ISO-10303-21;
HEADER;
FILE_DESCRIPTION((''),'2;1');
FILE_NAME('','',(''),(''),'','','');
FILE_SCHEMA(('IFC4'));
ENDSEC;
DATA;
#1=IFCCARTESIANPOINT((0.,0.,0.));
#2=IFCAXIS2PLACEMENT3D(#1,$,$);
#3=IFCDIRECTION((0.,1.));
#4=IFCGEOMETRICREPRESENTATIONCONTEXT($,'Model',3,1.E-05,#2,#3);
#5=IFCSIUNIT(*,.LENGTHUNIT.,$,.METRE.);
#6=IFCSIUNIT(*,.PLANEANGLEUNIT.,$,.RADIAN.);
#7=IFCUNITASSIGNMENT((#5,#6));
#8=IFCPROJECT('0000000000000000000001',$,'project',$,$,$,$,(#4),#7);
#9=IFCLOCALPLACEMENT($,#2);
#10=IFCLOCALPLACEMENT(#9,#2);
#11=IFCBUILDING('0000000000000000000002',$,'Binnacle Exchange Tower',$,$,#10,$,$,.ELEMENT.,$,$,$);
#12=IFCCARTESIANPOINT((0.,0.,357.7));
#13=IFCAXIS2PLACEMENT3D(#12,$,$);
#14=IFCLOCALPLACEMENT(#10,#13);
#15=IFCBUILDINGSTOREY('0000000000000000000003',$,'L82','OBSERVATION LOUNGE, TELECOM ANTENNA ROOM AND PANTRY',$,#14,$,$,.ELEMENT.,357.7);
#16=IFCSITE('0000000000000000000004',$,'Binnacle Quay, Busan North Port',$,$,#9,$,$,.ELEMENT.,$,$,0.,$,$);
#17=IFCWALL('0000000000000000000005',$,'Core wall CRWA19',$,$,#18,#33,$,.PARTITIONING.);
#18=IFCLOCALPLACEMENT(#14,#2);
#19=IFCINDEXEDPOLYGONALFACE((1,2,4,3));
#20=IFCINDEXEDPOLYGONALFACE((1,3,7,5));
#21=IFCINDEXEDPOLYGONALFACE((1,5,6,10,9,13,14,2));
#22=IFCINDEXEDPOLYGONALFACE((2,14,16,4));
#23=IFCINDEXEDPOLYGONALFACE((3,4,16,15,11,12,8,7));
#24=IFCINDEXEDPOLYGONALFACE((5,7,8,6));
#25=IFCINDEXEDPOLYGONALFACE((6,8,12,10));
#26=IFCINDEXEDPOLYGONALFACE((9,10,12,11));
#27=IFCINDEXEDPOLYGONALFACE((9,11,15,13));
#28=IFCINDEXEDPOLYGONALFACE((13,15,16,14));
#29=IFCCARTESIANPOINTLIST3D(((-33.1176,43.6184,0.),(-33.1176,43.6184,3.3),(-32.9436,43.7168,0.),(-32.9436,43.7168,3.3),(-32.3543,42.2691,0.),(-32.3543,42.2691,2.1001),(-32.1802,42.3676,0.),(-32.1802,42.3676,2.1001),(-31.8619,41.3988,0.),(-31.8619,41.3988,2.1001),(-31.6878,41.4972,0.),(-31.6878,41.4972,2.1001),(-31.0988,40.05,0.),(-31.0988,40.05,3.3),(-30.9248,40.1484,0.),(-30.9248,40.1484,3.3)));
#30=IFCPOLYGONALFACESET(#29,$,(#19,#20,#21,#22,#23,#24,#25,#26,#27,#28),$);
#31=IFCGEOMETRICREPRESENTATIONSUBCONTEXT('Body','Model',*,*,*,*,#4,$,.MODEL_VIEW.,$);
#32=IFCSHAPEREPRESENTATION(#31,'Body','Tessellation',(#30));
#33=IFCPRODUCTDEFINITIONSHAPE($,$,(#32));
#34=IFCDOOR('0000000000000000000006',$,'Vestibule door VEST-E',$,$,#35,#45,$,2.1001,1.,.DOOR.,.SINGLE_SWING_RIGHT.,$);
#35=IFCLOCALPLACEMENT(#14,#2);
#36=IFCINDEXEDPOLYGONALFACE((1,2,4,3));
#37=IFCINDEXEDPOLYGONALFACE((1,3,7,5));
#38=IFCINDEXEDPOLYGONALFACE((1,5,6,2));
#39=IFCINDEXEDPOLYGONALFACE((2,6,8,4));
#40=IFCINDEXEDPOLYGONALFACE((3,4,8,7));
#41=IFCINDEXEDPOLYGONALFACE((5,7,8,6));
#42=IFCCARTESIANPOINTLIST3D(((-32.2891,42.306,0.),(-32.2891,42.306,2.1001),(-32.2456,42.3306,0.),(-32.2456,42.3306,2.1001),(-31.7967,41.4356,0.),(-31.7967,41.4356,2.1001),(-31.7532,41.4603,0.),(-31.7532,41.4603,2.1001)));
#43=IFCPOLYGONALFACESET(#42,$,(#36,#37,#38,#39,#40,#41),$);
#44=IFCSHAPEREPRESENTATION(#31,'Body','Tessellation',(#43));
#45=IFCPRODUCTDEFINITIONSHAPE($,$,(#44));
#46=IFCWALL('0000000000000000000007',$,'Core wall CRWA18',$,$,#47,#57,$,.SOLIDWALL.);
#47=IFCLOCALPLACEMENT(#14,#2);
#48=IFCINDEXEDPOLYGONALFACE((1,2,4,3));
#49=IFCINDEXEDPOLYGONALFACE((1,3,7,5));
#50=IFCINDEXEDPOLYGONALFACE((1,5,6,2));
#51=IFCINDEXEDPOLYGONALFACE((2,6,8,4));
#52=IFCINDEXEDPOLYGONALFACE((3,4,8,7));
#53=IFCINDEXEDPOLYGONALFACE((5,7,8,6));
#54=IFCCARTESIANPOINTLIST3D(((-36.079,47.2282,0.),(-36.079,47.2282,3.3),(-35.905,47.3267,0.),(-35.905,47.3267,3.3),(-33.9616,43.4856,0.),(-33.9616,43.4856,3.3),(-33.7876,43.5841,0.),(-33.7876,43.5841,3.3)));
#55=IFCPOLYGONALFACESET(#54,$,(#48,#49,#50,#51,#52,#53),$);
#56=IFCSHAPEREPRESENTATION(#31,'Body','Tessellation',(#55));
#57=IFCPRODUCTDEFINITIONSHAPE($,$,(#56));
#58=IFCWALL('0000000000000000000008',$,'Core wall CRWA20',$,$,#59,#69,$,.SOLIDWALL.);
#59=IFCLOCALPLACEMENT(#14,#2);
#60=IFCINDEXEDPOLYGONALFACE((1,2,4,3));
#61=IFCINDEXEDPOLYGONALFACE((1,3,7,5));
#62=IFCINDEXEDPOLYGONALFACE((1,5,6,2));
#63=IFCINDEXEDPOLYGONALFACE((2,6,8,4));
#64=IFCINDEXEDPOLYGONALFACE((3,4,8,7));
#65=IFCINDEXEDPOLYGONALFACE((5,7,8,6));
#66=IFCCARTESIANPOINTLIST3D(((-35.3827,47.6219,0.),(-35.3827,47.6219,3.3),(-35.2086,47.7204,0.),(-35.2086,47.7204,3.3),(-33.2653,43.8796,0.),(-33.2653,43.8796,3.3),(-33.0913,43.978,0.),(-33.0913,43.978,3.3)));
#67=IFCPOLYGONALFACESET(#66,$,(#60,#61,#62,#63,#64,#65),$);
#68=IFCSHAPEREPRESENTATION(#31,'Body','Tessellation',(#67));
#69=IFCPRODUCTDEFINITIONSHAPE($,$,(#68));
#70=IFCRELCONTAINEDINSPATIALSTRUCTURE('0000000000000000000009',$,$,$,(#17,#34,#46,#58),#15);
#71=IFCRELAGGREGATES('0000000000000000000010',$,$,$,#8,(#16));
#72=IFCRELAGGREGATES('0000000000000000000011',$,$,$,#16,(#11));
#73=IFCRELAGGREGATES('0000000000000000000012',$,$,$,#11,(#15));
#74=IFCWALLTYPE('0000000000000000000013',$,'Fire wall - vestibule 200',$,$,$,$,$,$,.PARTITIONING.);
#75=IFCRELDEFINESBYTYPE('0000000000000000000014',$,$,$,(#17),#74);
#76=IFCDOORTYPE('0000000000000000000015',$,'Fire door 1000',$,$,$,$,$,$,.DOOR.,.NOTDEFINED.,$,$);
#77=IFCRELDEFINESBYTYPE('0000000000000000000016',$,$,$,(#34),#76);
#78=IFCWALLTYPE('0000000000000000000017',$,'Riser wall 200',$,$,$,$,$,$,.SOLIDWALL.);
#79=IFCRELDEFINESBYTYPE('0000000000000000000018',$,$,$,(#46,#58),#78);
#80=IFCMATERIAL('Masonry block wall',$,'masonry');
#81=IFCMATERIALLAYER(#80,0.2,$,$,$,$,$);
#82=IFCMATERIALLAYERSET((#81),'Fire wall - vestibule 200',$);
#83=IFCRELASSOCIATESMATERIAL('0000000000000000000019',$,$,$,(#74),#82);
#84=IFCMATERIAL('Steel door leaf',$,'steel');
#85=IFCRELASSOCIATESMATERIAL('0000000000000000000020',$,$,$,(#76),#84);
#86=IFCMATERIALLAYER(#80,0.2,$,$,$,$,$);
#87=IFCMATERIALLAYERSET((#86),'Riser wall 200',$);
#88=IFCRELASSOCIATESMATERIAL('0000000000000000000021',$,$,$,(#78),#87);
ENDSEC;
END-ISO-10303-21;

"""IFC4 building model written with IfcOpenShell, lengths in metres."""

from ifc_helpers import new_model, si_unit, direction, frame, frame_2d, origin, place, context, subcontext, project, spatial, rectangle, extrude, material, layer, layer_set, type_object, element, fill, save


model = new_model("IFC4")

# Units and contexts
model_context = context("Model", 3, precision=1e-05, world=origin(), true_north=direction((0.0, 1.0)))
body_context = subcontext(model_context, "Body", "Model", "MODEL_VIEW")
ifc_project = project(units=[si_unit("LENGTHUNIT", "METRE"), si_unit("PLANEANGLEUNIT", "RADIAN")], contexts=[model_context])

# Site, building, storey
site_placement = place(None, origin())
site = spatial("IfcSite", under=ifc_project, at=site_placement, Name="Binnacle Quay, Busan North Port", CompositionType="ELEMENT", RefElevation=0.0)
building_placement = place(site_placement, origin())
building = spatial("IfcBuilding", under=site, at=building_placement, Name="Binnacle Exchange Tower", CompositionType="ELEMENT")
storey_placement = place(building_placement, frame((0.0, 0.0, 357.7)))
storey = spatial("IfcBuildingStorey", under=building, at=storey_placement, Name="L82", Description="OBSERVATION LOUNGE, TELECOM ANTENNA ROOM AND PANTRY", CompositionType="ELEMENT", Elevation=357.7)

# Shared definitions
ifc_material_1 = material(Name="Masonry block wall", Category="masonry")

# Wall, opening, door
ifc_layer_1 = layer(ifc_material_1, 0.2)
ifc_layer_set_1 = layer_set([ifc_layer_1], Name="Fire wall - vestibule 200")
wall_type_1 = type_object("IfcWallType", Name="Fire wall - vestibule 200", PredefinedType="PARTITIONING", material=ifc_layer_set_1)
wall_1_placement = place(storey_placement, frame((-33.0305, 43.6675, 0.0), z_axis=(0.0, 0.0, 1.0), x_axis=(0.492408, -0.870364, 0.0)))
wall_1 = element("IfcWall", 1, at=wall_1_placement, inside=storey, type_object=wall_type_1, Name="Core wall CRWA19", PredefinedType="PARTITIONING", context=body_context, shape_type="SweptSolid", body=[
    extrude(rectangle(XDim=4.0999, YDim=0.2, at=frame_2d((2.0498, 0.0))), origin(), (0.0, 0.0, 1.0), 3.3),
])
opening_placement = place(wall_1_placement, frame((1.55, 0.0, 0.0)))
opening = element("IfcOpeningElement", 2, at=opening_placement, cuts=wall_1, PredefinedType="OPENING", context=body_context, shape_type="SweptSolid", body=[
    extrude(rectangle(XDim=1.0, YDim=2.1001, at=frame_2d((0.5, 1.05))), frame((0.0, 0.1099, 0.0), z_axis=(0.0, -1.0, 0.0), x_axis=(1.0, 0.0, 0.0)), (0.0, 0.0, 1.0), 0.22),
])
ifc_material_2 = material(Name="Steel door leaf", Category="steel")
door_type = type_object("IfcDoorType", Name="Fire door 1000", OperationType="NOTDEFINED", PredefinedType="DOOR", material=ifc_material_2)
door_placement = place(opening_placement, origin())
door = element("IfcDoor", 3, at=door_placement, inside=storey, type_object=door_type, Name="Vestibule door VEST-E", OperationType="SINGLE_SWING_RIGHT", OverallHeight=2.1001, OverallWidth=1.0, PredefinedType="DOOR", context=body_context, shape_type="SweptSolid", body=[
    extrude(rectangle(XDim=1.0, YDim=2.1001, at=frame_2d((0.5, 1.05))), frame((0.0, 0.0249, 0.0), z_axis=(0.0, -1.0, 0.0), x_axis=(1.0, 0.0, 0.0)), (0.0, 0.0, 1.0), 0.05),
])
fill(opening, door)

# Walls
ifc_layer_2 = layer(ifc_material_1, 0.2)
ifc_layer_set_2 = layer_set([ifc_layer_2], Name="Riser wall 200")
wall_type_2 = type_object("IfcWallType", Name="Riser wall 200", PredefinedType="SOLIDWALL", material=ifc_layer_set_2)
wall_2_placement = place(storey_placement, frame((-35.9919, 47.2773, 0.0), z_axis=(0.0, 0.0, 1.0), x_axis=(0.492411, -0.870363, 0.0)))
element("IfcWall", 4, at=wall_2_placement, inside=storey, type_object=wall_type_2, Name="Core wall CRWA18", PredefinedType="SOLIDWALL", context=body_context, shape_type="SweptSolid", body=[
    extrude(rectangle(XDim=4.3, YDim=0.2, at=frame_2d((2.1499, 0.0))), origin(), (0.0, 0.0, 1.0), 3.3),
])
wall_3_placement = place(storey_placement, frame((-35.2957, 47.6711, 0.0), z_axis=(0.0, 0.0, 1.0), x_axis=(0.492435, -0.870349, 0.0)))
element("IfcWall", 5, at=wall_3_placement, inside=storey, type_object=wall_type_2, Name="Core wall CRWA20", PredefinedType="SOLIDWALL", context=body_context, shape_type="SweptSolid", body=[
    extrude(rectangle(XDim=4.2998, YDim=0.2, at=frame_2d((2.1499, 0.0))), origin(), (0.0, 0.0, 1.0), 3.3),
])

save(model, "model.ifc")
